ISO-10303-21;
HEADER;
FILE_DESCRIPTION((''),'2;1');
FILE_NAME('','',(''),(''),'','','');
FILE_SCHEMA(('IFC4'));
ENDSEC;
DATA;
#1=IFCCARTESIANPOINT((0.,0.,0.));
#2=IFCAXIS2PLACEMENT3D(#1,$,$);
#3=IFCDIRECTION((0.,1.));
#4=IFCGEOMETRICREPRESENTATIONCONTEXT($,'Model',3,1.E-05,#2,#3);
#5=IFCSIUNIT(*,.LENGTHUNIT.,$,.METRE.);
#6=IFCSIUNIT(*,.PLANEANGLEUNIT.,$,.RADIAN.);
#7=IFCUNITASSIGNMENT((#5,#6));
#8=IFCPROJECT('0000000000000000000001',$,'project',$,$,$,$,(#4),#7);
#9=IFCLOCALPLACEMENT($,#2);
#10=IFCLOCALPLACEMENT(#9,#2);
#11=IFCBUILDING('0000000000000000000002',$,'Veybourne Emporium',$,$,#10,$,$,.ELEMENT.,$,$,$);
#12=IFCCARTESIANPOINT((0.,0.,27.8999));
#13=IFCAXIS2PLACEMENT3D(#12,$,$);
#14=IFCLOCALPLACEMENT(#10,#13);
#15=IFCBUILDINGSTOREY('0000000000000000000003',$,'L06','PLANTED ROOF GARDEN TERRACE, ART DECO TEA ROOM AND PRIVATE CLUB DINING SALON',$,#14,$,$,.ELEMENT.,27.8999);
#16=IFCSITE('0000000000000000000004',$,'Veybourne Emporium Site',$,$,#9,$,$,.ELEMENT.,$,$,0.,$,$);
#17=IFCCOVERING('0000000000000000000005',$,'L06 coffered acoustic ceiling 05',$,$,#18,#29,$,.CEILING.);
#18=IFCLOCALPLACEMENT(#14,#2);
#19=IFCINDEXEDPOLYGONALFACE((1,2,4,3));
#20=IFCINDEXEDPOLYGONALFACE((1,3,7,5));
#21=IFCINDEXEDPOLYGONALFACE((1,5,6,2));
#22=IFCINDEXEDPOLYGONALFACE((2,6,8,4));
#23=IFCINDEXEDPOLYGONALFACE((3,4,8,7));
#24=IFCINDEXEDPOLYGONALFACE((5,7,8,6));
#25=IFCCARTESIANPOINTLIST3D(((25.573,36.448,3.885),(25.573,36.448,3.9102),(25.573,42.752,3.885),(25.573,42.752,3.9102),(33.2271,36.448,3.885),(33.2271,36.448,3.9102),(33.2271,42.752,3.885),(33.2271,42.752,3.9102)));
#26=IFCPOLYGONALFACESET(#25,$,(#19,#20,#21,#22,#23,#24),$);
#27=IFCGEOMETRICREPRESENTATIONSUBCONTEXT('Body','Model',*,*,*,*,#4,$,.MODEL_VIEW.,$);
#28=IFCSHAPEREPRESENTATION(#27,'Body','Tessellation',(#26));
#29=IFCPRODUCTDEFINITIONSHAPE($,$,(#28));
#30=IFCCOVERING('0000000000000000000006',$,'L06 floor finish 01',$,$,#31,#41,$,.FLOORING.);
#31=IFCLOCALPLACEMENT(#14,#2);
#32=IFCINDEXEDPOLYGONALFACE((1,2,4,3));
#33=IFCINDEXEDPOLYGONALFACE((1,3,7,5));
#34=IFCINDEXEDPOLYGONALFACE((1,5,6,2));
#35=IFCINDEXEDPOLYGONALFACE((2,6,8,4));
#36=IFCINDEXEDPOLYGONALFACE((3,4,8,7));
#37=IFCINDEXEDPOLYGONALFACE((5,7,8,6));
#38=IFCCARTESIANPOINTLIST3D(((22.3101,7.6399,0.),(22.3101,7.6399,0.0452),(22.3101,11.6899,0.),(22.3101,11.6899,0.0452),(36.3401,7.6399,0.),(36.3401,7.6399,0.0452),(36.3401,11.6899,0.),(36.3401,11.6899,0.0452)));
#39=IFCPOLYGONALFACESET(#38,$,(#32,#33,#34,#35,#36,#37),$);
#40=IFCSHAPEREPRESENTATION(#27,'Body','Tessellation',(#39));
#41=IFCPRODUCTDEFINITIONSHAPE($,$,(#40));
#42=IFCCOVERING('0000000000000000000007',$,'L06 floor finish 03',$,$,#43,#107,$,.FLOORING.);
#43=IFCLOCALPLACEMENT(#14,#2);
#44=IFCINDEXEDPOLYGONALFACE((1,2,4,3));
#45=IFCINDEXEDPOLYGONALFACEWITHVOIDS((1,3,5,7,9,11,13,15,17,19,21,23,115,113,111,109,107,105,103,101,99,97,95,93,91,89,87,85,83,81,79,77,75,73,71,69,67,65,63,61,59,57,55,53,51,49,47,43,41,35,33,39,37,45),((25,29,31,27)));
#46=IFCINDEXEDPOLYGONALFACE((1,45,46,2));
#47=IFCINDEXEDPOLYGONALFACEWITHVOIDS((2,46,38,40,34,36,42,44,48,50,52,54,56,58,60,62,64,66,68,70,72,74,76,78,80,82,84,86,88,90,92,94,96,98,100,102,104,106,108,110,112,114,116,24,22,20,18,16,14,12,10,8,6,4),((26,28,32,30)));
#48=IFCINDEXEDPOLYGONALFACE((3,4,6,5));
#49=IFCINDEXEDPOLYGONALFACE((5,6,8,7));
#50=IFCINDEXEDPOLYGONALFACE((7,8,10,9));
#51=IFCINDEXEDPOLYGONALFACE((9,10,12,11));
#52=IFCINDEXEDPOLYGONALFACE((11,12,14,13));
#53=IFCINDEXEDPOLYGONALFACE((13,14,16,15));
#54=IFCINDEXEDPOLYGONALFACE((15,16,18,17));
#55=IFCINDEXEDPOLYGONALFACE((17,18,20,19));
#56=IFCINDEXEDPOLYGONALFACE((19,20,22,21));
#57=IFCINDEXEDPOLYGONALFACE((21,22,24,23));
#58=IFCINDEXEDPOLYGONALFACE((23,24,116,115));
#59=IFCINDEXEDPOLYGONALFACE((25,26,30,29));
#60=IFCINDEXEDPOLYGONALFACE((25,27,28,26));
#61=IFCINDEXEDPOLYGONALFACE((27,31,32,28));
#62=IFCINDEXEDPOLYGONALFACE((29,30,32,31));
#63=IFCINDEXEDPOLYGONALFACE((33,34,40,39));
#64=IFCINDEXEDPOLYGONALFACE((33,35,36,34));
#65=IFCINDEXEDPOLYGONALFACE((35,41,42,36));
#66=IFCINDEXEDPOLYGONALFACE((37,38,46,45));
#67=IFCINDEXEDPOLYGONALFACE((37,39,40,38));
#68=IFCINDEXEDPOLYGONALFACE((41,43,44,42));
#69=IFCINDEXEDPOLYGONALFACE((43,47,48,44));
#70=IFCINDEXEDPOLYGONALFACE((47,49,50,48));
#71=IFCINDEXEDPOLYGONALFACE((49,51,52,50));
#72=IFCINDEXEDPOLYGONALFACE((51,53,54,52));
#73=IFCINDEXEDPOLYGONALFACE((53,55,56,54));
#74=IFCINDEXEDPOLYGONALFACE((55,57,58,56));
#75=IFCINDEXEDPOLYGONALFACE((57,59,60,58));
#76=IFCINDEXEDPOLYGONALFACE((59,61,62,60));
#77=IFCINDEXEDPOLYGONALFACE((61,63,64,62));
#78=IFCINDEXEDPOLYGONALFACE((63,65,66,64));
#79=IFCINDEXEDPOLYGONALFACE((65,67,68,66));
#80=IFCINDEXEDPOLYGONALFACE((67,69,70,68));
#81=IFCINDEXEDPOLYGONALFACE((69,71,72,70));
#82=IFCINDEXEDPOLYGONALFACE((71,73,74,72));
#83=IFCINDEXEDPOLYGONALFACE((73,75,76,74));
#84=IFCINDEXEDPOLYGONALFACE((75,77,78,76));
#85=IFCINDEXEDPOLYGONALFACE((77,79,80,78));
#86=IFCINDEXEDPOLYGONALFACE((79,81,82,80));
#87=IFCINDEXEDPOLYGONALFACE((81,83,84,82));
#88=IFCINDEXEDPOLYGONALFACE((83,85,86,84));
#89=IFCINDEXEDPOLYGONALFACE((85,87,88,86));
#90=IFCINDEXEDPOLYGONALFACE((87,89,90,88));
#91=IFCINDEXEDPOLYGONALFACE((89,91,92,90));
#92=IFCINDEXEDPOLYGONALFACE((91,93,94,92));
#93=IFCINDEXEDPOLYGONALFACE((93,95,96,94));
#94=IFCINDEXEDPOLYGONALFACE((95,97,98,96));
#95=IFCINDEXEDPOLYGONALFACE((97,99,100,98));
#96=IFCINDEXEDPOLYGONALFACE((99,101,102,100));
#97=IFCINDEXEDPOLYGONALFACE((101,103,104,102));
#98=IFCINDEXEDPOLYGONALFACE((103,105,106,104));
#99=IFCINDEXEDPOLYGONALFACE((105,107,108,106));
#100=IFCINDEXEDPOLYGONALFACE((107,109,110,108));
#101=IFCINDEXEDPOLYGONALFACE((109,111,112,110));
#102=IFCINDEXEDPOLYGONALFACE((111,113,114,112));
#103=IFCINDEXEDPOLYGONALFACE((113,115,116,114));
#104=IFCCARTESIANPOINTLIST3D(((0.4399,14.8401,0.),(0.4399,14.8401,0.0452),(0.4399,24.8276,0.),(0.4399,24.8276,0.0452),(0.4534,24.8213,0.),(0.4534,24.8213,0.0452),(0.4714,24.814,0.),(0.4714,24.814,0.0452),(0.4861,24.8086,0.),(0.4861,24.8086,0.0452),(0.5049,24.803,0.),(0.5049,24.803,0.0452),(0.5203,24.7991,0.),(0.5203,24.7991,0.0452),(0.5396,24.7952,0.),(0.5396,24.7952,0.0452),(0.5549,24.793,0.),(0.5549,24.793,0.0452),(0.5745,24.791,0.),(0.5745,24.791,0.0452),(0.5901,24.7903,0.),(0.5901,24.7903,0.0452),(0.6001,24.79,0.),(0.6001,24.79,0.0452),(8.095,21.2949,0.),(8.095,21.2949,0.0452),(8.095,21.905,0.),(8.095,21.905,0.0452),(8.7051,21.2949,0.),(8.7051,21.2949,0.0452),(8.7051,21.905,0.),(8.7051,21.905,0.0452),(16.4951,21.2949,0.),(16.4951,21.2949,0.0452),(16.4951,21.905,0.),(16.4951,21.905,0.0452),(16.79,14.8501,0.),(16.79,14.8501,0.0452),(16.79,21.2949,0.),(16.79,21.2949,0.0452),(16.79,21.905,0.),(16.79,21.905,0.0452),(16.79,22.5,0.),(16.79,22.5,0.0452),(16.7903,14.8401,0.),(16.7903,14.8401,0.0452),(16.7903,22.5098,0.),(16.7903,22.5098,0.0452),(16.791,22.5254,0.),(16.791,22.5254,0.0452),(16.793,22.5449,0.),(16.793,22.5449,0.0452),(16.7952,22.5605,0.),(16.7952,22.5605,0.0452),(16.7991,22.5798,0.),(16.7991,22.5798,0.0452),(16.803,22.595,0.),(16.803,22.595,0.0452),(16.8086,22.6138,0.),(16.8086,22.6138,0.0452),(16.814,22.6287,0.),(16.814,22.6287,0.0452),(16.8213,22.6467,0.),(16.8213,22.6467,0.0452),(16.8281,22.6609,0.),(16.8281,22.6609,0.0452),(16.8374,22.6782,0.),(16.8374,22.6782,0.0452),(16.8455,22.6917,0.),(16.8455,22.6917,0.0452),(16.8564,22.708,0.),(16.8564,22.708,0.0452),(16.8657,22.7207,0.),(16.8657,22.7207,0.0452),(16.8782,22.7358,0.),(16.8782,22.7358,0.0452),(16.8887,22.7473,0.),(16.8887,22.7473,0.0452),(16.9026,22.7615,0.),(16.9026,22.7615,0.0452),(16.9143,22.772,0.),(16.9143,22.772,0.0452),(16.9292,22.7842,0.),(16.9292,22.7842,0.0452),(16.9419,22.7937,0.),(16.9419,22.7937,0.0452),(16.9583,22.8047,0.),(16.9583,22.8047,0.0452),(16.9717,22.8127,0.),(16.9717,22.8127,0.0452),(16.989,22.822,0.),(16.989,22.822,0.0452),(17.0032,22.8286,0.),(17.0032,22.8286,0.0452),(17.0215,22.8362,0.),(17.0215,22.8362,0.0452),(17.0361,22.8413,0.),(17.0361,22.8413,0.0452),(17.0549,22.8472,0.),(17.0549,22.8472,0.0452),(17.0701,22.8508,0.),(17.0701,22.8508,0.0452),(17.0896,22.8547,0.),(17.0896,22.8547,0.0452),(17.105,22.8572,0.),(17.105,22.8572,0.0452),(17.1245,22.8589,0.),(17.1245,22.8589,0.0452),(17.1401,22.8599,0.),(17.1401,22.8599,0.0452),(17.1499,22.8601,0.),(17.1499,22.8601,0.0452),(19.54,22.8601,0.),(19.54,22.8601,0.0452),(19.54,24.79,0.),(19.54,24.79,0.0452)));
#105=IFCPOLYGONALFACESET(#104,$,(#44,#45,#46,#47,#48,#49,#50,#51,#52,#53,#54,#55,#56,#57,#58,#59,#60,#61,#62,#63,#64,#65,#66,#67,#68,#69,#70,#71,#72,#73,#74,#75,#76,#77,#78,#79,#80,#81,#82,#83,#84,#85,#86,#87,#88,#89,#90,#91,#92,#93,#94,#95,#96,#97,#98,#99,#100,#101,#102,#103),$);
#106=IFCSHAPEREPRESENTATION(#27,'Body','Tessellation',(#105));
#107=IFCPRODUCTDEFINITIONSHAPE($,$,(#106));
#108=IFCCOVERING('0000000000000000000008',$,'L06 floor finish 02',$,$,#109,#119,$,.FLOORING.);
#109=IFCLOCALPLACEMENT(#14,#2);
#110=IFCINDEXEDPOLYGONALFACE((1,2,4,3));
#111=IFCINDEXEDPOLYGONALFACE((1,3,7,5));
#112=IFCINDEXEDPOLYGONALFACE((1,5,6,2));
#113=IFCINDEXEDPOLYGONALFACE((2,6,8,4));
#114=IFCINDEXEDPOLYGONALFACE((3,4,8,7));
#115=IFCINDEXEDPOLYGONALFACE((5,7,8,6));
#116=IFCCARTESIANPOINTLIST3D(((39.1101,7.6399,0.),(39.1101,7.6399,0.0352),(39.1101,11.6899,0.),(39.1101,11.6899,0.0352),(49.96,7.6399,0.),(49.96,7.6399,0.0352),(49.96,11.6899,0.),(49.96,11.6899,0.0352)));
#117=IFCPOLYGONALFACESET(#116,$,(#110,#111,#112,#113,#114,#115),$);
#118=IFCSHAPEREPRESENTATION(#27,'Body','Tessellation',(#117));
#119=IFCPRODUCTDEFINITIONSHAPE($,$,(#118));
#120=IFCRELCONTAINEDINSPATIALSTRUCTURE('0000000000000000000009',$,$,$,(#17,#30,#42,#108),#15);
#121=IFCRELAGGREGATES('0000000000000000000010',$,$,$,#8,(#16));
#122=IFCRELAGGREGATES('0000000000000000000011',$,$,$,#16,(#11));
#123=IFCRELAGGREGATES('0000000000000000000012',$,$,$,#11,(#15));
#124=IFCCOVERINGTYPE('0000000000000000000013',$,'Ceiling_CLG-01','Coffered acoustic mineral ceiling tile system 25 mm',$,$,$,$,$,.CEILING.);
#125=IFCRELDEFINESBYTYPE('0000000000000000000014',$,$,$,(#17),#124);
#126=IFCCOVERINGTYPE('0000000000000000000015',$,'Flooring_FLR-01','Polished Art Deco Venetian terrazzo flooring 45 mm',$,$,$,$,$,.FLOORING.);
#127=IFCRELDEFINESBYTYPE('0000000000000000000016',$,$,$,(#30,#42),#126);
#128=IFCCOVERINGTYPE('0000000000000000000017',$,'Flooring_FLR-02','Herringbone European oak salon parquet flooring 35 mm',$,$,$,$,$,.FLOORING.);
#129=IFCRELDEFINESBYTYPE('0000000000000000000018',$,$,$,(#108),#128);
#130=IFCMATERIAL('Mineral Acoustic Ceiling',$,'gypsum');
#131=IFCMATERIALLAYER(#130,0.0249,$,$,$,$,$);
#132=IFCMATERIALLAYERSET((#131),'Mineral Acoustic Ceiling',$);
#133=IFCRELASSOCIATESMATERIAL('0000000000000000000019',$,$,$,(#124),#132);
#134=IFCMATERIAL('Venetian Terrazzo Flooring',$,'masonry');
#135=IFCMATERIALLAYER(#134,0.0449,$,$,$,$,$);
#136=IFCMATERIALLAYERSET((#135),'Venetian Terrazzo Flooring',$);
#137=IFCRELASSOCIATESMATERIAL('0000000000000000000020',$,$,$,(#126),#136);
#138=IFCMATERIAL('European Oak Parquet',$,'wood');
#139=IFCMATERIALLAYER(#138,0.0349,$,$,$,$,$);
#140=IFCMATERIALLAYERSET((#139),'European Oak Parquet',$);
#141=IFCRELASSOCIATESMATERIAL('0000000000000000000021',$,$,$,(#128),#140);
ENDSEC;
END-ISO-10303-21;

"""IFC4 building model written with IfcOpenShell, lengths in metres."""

from ifc_helpers import new_model, si_unit, direction, frame, origin, place, context, subcontext, project, spatial, polyline, outline, extrude, material, layer, layer_set, type_object, element, save


model = new_model("IFC4")

# Units and contexts
model_context = context("Model", 3, precision=1e-05, world=origin(), true_north=direction((0.0, 1.0)))
body_context = subcontext(model_context, "Body", "Model", "MODEL_VIEW")
ifc_project = project(units=[si_unit("LENGTHUNIT", "METRE"), si_unit("PLANEANGLEUNIT", "RADIAN")], contexts=[model_context])

# Site, building, storey
site_placement = place(None, origin())
site = spatial("IfcSite", under=ifc_project, at=site_placement, Name="Veybourne Emporium Site", CompositionType="ELEMENT", RefElevation=0.0)
building_placement = place(site_placement, origin())
building = spatial("IfcBuilding", under=site, at=building_placement, Name="Veybourne Emporium", CompositionType="ELEMENT")
storey_placement = place(building_placement, frame((0.0, 0.0, 27.8999)))
storey = spatial("IfcBuildingStorey", under=building, at=storey_placement, Name="L06", Description="PLANTED ROOF GARDEN TERRACE, ART DECO TEA ROOM AND PRIVATE CLUB DINING SALON", CompositionType="ELEMENT", Elevation=27.8999)

# Coverings
ifc_material_1 = material(Name="Mineral Acoustic Ceiling", Category="gypsum")
ifc_layer_1 = layer(ifc_material_1, 0.0249)
ifc_layer_set_1 = layer_set([ifc_layer_1], Name="Mineral Acoustic Ceiling")
covering_type_1 = type_object("IfcCoveringType", Name="Ceiling_CLG-01", Description="Coffered acoustic mineral ceiling tile system 25 mm", PredefinedType="CEILING", material=ifc_layer_set_1)
covering_1_placement = place(storey_placement, frame((0.0, 0.0, 3.885)))
element("IfcCovering", 1, at=covering_1_placement, inside=storey, type_object=covering_type_1, Name="L06 coffered acoustic ceiling 05", PredefinedType="CEILING", context=body_context, shape_type="SweptSolid", body=[
    extrude(outline(polyline([(33.2271, 36.448), (25.573, 36.448), (25.573, 42.752), (33.2271, 42.752), (33.2271, 36.448)])), origin(), (0.0, 0.0, 1.0), 0.0251),
])
ifc_material_2 = material(Name="Venetian Terrazzo Flooring", Category="masonry")
ifc_layer_2 = layer(ifc_material_2, 0.0449)
ifc_layer_set_2 = layer_set([ifc_layer_2], Name="Venetian Terrazzo Flooring")
covering_type_2 = type_object("IfcCoveringType", Name="Flooring_FLR-01", Description="Polished Art Deco Venetian terrazzo flooring 45 mm", PredefinedType="FLOORING", material=ifc_layer_set_2)
covering_2_placement = place(storey_placement, origin())
element("IfcCovering", 2, at=covering_2_placement, inside=storey, type_object=covering_type_2, Name="L06 floor finish 01", PredefinedType="FLOORING", context=body_context, shape_type="SweptSolid", body=[
    extrude(outline(polyline([(36.3401, 11.6899), (36.3401, 7.6399), (22.3101, 7.6399), (22.3101, 11.6899), (36.3401, 11.6899)])), origin(), (0.0, 0.0, 1.0), 0.0452),
])
covering_3_placement = place(storey_placement, origin())
element("IfcCovering", 3, at=covering_3_placement, inside=storey, type_object=covering_type_2, Name="L06 floor finish 03", PredefinedType="FLOORING", context=body_context, shape_type="SweptSolid", body=[
    extrude(outline(polyline([(0.4534, 24.8213), (0.4714, 24.814), (0.4861, 24.8086), (0.5049, 24.803), (0.5203, 24.7991), (0.5396, 24.7952), (0.5549, 24.793), (0.5745, 24.791), (0.5901, 24.7903), (0.6001, 24.79), (19.54, 24.79), (19.54, 22.8601), (17.1499, 22.8601), (17.1401, 22.8599), (17.1245, 22.8589), (17.105, 22.8572), (17.0896, 22.8547), (17.0701, 22.8508), (17.0549, 22.8472), (17.0361, 22.8413), (17.0215, 22.8362), (17.0032, 22.8286), (16.989, 22.822), (16.9717, 22.8127), (16.9583, 22.8047), (16.9419, 22.7937), (16.9292, 22.7842), (16.9143, 22.772), (16.9026, 22.7615), (16.8887, 22.7473), (16.8782, 22.7358), (16.8657, 22.7207), (16.8564, 22.708), (16.8455, 22.6917), (16.8374, 22.6782), (16.8281, 22.6609), (16.8213, 22.6467), (16.814, 22.6287), (16.8086, 22.6138), (16.803, 22.595), (16.7991, 22.5798), (16.7952, 22.5605), (16.793, 22.5449), (16.791, 22.5254), (16.7903, 22.5098), (16.79, 22.5), (16.79, 21.905), (16.4951, 21.905), (16.4951, 21.2949), (16.79, 21.2949), (16.79, 14.8501), (16.7903, 14.8401), (16.7903, 14.8401), (0.4399, 14.8401), (0.4399, 24.8276), (0.4534, 24.8213)]), holes=[polyline([(8.095, 21.2949), (8.7051, 21.2949), (8.7051, 21.905), (8.095, 21.905), (8.095, 21.2949)])]), origin(), (0.0, 0.0, 1.0), 0.0452),
])
ifc_material_3 = material(Name="European Oak Parquet", Category="wood")
ifc_layer_3 = layer(ifc_material_3, 0.0349)
ifc_layer_set_3 = layer_set([ifc_layer_3], Name="European Oak Parquet")
covering_type_3 = type_object("IfcCoveringType", Name="Flooring_FLR-02", Description="Herringbone European oak salon parquet flooring 35 mm", PredefinedType="FLOORING", material=ifc_layer_set_3)
covering_4_placement = place(storey_placement, origin())
element("IfcCovering", 4, at=covering_4_placement, inside=storey, type_object=covering_type_3, Name="L06 floor finish 02", PredefinedType="FLOORING", context=body_context, shape_type="SweptSolid", body=[
    extrude(outline(polyline([(49.96, 11.6899), (49.96, 7.6399), (39.1101, 7.6399), (39.1101, 11.6899), (49.96, 11.6899)])), origin(), (0.0, 0.0, 1.0), 0.0352),
])

save(model, "model.ifc")
